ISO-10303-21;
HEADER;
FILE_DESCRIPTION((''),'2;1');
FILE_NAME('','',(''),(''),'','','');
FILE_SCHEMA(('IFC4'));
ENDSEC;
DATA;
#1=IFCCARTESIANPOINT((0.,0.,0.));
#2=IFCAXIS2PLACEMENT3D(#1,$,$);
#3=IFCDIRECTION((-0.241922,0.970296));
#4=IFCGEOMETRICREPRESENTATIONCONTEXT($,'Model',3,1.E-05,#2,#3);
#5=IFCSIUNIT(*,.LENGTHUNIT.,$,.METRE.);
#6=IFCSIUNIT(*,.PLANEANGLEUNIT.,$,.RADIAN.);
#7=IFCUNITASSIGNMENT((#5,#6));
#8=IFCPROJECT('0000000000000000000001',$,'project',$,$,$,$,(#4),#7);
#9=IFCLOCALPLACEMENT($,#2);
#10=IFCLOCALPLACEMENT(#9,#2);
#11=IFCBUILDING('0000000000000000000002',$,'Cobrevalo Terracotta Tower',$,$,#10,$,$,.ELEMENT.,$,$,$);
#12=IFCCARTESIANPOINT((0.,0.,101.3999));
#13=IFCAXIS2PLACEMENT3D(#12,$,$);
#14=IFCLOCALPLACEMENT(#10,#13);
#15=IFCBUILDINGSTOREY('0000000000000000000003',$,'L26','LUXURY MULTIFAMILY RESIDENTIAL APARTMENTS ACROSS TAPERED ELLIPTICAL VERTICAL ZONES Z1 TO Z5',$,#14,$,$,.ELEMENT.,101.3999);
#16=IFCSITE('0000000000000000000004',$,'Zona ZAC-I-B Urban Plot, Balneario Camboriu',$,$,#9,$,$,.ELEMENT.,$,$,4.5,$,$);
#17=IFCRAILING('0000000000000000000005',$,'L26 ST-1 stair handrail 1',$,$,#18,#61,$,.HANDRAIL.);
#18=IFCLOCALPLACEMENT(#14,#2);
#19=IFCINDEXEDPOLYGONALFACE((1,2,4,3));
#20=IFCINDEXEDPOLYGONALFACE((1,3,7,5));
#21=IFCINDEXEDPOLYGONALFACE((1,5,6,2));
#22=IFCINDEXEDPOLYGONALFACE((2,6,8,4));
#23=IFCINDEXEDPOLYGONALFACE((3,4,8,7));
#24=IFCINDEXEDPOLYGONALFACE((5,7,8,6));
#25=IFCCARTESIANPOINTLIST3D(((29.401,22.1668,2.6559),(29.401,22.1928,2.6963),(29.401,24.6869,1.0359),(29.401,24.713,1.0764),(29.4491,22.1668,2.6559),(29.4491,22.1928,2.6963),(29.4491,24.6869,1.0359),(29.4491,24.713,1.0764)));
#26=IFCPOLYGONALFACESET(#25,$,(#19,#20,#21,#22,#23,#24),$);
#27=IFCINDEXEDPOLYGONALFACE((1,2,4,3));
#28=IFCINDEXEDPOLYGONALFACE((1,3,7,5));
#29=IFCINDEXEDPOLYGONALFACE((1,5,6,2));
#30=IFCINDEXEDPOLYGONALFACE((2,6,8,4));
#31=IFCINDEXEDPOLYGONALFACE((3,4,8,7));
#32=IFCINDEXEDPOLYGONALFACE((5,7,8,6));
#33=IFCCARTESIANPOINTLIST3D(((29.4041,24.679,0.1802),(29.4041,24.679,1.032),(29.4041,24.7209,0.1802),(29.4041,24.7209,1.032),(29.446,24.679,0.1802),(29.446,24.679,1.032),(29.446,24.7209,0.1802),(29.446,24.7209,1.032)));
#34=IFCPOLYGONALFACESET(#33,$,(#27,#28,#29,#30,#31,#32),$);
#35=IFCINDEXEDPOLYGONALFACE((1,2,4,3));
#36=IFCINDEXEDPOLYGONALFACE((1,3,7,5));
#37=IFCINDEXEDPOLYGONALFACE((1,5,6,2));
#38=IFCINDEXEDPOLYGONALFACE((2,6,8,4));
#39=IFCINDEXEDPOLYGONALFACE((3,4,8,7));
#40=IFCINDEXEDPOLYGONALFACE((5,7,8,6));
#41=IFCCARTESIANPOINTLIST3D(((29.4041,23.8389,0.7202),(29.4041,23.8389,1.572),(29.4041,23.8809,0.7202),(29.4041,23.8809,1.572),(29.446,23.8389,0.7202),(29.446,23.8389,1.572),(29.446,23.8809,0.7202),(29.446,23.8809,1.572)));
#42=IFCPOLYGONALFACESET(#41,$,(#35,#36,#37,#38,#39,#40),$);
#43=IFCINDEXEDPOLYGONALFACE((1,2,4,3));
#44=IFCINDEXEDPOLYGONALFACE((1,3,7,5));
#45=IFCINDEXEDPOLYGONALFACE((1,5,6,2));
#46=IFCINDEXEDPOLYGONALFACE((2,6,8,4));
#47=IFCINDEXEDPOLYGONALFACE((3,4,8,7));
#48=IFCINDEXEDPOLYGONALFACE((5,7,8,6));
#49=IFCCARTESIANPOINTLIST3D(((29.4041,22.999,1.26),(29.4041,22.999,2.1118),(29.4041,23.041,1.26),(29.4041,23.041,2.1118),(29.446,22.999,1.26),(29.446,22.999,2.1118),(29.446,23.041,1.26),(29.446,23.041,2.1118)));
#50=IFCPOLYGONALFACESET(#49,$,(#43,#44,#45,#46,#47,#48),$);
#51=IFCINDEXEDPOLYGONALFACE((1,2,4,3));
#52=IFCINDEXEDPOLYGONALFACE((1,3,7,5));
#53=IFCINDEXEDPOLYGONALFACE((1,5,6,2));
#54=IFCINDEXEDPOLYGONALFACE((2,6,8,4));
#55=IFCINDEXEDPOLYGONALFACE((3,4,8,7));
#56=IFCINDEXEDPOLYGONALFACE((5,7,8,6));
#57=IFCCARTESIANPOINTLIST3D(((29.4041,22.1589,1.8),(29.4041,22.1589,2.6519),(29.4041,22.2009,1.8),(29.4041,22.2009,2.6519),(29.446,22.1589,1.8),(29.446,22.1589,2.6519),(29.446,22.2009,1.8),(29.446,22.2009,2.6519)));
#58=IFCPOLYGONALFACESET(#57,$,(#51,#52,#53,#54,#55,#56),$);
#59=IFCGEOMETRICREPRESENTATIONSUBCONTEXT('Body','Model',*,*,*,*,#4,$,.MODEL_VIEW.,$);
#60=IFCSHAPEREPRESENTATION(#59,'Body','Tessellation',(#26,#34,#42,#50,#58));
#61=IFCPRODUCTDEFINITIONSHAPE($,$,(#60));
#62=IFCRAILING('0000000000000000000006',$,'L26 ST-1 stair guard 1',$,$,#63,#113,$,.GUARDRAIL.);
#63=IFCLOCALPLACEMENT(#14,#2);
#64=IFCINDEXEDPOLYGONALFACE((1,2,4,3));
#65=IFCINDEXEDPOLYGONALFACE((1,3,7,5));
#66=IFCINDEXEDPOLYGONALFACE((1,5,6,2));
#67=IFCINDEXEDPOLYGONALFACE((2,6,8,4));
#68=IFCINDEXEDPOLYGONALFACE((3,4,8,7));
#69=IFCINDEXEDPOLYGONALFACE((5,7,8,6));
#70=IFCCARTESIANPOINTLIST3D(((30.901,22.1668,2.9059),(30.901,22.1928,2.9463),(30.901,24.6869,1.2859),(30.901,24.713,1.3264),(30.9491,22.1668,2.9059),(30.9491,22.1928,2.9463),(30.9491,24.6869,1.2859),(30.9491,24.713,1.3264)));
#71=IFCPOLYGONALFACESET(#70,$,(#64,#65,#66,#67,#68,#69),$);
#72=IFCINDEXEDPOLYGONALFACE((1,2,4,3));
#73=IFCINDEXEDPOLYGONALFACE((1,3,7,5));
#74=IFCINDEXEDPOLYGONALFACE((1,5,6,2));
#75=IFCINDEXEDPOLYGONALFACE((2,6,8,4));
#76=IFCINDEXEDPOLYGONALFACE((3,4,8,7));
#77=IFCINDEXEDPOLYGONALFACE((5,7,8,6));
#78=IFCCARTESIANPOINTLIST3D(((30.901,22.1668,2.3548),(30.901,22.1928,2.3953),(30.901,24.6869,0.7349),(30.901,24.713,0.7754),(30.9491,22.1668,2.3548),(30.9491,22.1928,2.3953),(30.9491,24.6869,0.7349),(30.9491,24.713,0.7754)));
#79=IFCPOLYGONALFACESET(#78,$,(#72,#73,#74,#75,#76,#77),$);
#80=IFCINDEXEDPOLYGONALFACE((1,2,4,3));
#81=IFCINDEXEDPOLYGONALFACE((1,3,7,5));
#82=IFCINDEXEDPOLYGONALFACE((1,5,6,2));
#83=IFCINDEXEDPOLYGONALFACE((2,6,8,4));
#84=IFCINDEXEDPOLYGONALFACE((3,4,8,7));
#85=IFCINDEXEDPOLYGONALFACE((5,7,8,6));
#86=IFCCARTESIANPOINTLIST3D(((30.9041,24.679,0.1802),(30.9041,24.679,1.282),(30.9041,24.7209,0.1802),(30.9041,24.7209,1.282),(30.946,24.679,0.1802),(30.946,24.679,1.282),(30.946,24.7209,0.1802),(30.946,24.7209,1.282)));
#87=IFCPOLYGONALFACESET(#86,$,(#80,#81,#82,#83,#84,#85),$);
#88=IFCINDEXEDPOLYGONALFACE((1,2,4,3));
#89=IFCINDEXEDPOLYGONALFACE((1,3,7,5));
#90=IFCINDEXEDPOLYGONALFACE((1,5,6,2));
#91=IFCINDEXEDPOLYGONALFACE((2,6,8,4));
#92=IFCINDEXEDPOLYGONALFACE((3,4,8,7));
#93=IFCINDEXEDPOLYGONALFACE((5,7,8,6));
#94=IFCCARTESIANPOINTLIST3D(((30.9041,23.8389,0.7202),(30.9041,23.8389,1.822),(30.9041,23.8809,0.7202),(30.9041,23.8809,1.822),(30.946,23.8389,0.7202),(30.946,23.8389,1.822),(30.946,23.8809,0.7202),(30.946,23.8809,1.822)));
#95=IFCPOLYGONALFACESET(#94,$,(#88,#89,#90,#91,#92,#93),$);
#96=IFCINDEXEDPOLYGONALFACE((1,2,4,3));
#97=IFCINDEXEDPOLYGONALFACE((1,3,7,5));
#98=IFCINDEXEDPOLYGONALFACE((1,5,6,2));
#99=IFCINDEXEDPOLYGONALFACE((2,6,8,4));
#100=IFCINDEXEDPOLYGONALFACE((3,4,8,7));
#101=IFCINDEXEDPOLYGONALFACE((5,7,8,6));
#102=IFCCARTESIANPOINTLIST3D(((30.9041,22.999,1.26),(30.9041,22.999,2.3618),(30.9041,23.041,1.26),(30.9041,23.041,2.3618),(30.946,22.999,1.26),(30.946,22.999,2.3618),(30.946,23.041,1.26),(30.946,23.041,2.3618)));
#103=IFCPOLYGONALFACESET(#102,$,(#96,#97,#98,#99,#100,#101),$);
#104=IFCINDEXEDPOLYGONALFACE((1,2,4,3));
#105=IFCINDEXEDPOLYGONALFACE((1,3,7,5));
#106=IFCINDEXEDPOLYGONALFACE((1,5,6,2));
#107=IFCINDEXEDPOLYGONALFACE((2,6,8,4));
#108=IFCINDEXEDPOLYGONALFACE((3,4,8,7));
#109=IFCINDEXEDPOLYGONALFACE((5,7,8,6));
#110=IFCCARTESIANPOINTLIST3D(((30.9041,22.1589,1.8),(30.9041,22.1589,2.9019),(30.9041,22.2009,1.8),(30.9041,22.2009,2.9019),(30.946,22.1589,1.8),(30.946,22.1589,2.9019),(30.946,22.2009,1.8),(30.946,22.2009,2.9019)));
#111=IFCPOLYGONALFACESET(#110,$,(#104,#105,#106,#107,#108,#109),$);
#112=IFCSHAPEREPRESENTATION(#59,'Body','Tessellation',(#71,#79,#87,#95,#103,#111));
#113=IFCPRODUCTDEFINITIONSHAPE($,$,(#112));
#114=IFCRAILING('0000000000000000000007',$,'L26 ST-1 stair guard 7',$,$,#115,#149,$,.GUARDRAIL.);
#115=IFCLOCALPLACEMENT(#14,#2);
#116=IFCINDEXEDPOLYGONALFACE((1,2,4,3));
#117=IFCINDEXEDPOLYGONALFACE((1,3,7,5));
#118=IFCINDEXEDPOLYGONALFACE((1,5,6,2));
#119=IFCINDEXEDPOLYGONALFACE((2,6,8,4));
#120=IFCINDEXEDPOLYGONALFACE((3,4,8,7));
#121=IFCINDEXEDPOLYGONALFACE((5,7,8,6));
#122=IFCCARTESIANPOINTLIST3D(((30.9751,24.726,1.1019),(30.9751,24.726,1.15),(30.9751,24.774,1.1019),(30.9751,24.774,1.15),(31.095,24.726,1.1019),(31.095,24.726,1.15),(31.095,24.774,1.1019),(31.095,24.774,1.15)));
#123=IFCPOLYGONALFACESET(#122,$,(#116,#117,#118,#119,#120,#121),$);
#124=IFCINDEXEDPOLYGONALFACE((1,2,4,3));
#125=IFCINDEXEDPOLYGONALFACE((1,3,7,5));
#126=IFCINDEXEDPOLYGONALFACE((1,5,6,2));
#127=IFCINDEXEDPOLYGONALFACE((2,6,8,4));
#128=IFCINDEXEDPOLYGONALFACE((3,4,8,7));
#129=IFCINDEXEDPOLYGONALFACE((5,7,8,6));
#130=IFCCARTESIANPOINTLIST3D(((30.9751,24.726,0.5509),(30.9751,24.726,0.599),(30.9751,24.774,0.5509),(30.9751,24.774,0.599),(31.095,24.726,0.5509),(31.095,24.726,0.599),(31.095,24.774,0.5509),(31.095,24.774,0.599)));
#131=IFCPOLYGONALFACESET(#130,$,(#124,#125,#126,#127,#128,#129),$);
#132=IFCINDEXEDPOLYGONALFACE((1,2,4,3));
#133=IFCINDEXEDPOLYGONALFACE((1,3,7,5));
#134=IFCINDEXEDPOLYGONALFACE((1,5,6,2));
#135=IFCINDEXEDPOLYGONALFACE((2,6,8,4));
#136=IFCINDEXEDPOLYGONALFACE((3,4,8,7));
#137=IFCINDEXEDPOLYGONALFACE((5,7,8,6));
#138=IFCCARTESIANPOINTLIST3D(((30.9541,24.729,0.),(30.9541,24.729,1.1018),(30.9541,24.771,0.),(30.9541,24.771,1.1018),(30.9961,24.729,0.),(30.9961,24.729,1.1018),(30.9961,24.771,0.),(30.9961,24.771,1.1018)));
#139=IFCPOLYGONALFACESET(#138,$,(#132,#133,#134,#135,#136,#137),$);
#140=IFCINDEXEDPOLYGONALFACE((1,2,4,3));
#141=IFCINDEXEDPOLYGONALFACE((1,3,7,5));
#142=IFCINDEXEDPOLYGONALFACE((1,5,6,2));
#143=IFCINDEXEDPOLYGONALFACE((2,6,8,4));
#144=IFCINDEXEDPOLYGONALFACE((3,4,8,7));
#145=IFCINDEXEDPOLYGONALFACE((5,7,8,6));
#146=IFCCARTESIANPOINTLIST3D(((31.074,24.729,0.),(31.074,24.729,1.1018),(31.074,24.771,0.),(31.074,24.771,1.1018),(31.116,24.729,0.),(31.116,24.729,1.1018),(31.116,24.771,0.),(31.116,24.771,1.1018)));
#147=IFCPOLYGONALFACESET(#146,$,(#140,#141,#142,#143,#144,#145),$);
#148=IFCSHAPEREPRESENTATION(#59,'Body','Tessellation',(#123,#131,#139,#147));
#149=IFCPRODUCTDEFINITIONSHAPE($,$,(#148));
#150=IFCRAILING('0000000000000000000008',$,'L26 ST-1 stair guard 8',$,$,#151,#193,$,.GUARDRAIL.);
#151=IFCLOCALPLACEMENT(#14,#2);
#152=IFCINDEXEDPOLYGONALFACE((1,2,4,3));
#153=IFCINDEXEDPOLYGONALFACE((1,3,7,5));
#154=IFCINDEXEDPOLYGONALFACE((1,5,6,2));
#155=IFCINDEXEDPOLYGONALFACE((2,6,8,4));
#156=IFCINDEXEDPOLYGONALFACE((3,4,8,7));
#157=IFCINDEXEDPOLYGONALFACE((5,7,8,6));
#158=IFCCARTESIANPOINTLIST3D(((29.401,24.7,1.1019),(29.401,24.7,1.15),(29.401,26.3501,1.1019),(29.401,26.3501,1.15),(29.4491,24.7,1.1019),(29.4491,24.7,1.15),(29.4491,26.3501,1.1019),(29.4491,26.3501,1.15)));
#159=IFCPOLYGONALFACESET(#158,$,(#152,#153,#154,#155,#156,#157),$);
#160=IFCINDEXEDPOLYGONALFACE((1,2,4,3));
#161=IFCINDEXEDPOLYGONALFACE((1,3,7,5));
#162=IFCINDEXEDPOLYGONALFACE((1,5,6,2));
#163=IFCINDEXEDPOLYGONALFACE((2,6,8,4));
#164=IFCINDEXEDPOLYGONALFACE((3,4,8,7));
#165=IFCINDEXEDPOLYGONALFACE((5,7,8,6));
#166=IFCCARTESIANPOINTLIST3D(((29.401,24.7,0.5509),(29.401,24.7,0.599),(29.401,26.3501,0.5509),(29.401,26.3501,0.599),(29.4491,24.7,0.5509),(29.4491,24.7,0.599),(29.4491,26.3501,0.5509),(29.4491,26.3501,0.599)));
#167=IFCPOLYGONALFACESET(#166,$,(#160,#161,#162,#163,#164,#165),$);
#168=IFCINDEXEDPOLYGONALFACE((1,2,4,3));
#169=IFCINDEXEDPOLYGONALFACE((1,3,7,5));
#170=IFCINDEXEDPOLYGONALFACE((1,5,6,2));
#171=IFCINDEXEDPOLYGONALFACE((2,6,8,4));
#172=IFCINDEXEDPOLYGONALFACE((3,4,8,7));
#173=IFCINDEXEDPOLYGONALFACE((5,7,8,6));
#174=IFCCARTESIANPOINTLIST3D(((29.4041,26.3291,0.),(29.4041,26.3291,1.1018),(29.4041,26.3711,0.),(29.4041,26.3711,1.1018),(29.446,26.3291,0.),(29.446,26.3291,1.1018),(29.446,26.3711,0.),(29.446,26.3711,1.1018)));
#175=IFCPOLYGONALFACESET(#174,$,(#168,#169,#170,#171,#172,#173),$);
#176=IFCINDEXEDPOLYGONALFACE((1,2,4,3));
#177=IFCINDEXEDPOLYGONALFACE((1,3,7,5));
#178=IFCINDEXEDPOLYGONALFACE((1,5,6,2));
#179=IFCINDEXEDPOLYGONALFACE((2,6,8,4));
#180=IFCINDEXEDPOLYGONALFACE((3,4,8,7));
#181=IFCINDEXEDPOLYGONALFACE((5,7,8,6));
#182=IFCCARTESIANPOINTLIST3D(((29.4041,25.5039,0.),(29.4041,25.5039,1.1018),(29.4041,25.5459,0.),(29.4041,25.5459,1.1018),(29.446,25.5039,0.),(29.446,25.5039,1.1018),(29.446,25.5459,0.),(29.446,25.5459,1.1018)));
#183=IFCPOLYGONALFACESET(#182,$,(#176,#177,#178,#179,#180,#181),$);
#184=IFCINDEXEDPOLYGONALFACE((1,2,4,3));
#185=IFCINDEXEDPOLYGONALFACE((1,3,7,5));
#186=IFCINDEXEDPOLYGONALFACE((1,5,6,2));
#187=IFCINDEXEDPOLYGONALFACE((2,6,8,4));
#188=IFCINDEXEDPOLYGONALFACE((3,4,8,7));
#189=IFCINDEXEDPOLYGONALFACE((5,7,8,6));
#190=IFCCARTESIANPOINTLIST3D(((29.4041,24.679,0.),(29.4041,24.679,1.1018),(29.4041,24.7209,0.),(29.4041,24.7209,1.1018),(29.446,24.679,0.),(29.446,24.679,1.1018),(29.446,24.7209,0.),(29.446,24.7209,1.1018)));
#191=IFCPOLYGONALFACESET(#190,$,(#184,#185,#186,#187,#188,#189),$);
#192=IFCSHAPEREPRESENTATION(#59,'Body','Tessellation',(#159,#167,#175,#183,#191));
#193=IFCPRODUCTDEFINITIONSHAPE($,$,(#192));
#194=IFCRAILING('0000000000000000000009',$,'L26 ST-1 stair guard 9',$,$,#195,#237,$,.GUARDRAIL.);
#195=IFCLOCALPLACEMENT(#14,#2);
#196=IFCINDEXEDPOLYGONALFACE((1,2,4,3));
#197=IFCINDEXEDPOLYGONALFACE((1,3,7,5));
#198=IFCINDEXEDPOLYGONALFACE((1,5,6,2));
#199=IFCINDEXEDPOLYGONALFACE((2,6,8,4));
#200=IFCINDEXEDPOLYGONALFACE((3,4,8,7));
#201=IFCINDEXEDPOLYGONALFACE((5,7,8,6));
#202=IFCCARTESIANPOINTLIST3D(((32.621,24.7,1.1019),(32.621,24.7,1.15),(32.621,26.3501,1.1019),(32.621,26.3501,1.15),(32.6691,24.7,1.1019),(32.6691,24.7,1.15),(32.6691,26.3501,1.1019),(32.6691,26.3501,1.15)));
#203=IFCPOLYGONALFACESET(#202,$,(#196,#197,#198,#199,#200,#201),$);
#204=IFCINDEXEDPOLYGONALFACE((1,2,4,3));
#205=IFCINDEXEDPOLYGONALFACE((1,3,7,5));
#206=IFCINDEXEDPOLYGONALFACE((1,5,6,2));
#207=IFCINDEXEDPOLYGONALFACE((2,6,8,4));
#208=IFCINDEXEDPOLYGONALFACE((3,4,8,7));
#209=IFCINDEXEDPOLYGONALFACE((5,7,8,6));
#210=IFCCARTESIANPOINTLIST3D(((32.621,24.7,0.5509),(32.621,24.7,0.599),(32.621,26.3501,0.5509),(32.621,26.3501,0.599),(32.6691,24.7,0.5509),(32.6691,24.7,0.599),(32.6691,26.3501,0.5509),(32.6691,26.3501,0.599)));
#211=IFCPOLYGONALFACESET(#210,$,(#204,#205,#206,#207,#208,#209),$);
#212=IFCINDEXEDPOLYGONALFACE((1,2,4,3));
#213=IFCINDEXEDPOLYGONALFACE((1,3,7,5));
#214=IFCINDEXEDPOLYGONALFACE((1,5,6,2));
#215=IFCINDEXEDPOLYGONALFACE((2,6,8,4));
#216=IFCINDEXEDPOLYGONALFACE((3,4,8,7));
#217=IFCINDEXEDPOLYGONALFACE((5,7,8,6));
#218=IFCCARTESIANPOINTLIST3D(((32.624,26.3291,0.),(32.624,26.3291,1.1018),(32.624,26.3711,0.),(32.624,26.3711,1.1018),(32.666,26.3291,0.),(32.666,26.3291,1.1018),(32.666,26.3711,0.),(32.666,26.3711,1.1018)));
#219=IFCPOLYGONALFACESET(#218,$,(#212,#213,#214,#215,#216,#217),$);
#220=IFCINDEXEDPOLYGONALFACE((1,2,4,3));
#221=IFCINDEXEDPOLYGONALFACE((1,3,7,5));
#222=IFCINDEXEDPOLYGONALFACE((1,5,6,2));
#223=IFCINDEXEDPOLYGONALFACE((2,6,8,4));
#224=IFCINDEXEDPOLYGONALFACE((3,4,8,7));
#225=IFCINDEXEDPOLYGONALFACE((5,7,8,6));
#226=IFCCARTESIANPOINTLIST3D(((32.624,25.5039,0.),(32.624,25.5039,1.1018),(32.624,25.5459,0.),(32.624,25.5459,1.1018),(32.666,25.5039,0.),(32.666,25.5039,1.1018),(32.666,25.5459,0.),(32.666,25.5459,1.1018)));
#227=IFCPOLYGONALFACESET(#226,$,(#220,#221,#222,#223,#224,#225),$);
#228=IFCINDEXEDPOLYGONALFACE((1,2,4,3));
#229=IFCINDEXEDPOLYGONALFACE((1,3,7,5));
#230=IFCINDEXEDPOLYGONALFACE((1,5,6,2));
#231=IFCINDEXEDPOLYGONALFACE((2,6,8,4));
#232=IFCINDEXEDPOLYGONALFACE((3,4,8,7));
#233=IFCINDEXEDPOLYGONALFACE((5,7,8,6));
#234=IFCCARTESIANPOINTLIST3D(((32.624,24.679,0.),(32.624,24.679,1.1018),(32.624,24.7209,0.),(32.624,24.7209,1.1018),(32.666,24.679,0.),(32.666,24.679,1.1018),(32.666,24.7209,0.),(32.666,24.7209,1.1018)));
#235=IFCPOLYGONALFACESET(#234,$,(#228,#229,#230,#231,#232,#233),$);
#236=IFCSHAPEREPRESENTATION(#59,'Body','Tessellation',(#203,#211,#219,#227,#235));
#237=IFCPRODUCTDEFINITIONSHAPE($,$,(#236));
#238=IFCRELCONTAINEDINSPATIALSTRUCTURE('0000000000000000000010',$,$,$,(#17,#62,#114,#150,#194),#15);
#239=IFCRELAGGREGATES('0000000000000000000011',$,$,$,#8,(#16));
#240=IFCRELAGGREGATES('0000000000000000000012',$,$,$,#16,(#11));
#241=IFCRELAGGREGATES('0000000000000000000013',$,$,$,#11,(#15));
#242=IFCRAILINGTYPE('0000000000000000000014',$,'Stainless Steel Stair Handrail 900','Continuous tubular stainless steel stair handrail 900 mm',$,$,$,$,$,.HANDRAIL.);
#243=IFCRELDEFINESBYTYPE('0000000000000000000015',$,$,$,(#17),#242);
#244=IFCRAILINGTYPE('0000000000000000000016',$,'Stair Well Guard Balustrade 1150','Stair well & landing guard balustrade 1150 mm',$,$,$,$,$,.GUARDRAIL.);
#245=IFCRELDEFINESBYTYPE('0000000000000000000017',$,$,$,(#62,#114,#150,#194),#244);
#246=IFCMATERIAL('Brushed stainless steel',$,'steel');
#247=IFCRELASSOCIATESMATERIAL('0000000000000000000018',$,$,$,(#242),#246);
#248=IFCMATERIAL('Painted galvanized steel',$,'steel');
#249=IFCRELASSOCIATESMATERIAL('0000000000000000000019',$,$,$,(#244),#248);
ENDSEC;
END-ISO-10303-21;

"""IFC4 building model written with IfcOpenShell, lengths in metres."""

from ifc_helpers import new_model, si_unit, direction, frame, origin, origin_2d, place, context, subcontext, project, spatial, rectangle, extrude, material, type_object, element, save


model = new_model("IFC4")

# Units and contexts
model_context = context("Model", 3, precision=1e-05, world=origin(), true_north=direction((-0.241922, 0.970296)))
body_context = subcontext(model_context, "Body", "Model", "MODEL_VIEW")
ifc_project = project(units=[si_unit("LENGTHUNIT", "METRE"), si_unit("PLANEANGLEUNIT", "RADIAN")], contexts=[model_context])

# Site, building, storey
site_placement = place(None, origin())
site = spatial("IfcSite", under=ifc_project, at=site_placement, Name="Zona ZAC-I-B Urban Plot, Balneario Camboriu", CompositionType="ELEMENT", RefElevation=4.5)
building_placement = place(site_placement, origin())
building = spatial("IfcBuilding", under=site, at=building_placement, Name="Cobrevalo Terracotta Tower", CompositionType="ELEMENT")
storey_placement = place(building_placement, frame((0.0, 0.0, 101.3999)))
storey = spatial("IfcBuildingStorey", under=building, at=storey_placement, Name="L26", Description="LUXURY MULTIFAMILY RESIDENTIAL APARTMENTS ACROSS TAPERED ELLIPTICAL VERTICAL ZONES Z1 TO Z5", CompositionType="ELEMENT", Elevation=101.3999)

# Shared definitions
ifc_material_1 = material(Name="Brushed stainless steel", Category="steel")

# Railings
railing_type_1 = type_object("IfcRailingType", Name="Stainless Steel Stair Handrail 900", Description="Continuous tubular stainless steel stair handrail 900 mm", PredefinedType="HANDRAIL", material=ifc_material_1)
railing_1_placement = place(storey_placement, frame((29.425, 24.7, 0.1802)))
element("IfcRailing", 1, at=railing_1_placement, inside=storey, type_object=railing_type_1, Name="L26 ST-1 stair handrail 1", PredefinedType="HANDRAIL", context=body_context, shape_type="SweptSolid", body=[
    extrude(rectangle(XDim=0.0481, YDim=0.0481, at=origin_2d()), frame((0.0, 0.0, 0.876), z_axis=(0.0, -0.8412, 0.540725), x_axis=(1.0, 0.0, 0.0)), (0.0, 0.0, 1.0), 2.9958),
    extrude(rectangle(XDim=0.042, YDim=0.042, at=origin_2d()), origin(), (0.0, 0.0, 1.0), 0.8518),
    extrude(rectangle(XDim=0.042, YDim=0.042, at=origin_2d()), frame((0.0, -0.8401, 0.54)), (0.0, 0.0, 1.0), 0.8518),
    extrude(rectangle(XDim=0.042, YDim=0.042, at=origin_2d()), frame((0.0, -1.6799, 1.0798)), (0.0, 0.0, 1.0), 0.8518),
    extrude(rectangle(XDim=0.042, YDim=0.042, at=origin_2d()), frame((0.0, -2.52, 1.6199)), (0.0, 0.0, 1.0), 0.8518),
])
ifc_material_2 = material(Name="Painted galvanized steel", Category="steel")
railing_type_2 = type_object("IfcRailingType", Name="Stair Well Guard Balustrade 1150", Description="Stair well & landing guard balustrade 1150 mm", PredefinedType="GUARDRAIL", material=ifc_material_2)
railing_2_placement = place(storey_placement, frame((30.925, 24.7, 0.1802)))
element("IfcRailing", 2, at=railing_2_placement, inside=storey, type_object=railing_type_2, Name="L26 ST-1 stair guard 1", PredefinedType="GUARDRAIL", context=body_context, shape_type="SweptSolid", body=[
    extrude(rectangle(XDim=0.0481, YDim=0.0481, at=origin_2d()), frame((0.0, 0.0, 1.126), z_axis=(0.0, -0.8412, 0.540725), x_axis=(1.0, 0.0, 0.0)), (0.0, 0.0, 1.0), 2.9958),
    extrude(rectangle(XDim=0.0481, YDim=0.0481, at=origin_2d()), frame((0.0, 0.0, 0.575), z_axis=(0.0, -0.8412, 0.540725), x_axis=(1.0, 0.0, 0.0)), (0.0, 0.0, 1.0), 2.9958),
    extrude(rectangle(XDim=0.042, YDim=0.042, at=origin_2d()), origin(), (0.0, 0.0, 1.0), 1.1018),
    extrude(rectangle(XDim=0.042, YDim=0.042, at=origin_2d()), frame((0.0, -0.8401, 0.54)), (0.0, 0.0, 1.0), 1.1018),
    extrude(rectangle(XDim=0.042, YDim=0.042, at=origin_2d()), frame((0.0, -1.6799, 1.0798)), (0.0, 0.0, 1.0), 1.1018),
    extrude(rectangle(XDim=0.042, YDim=0.042, at=origin_2d()), frame((0.0, -2.52, 1.6199)), (0.0, 0.0, 1.0), 1.1018),
])
railing_3_placement = place(storey_placement, frame((30.9751, 24.75, 0.0)))
element("IfcRailing", 3, at=railing_3_placement, inside=storey, type_object=railing_type_2, Name="L26 ST-1 stair guard 7", PredefinedType="GUARDRAIL", context=body_context, shape_type="SweptSolid", body=[
    extrude(rectangle(XDim=0.0481, YDim=0.0481, at=origin_2d()), frame((0.0, 0.0, 1.126), z_axis=(1.0, 0.0, 0.0), x_axis=(0.0, 1.0, 0.0)), (0.0, 0.0, 1.0), 0.1199),
    extrude(rectangle(XDim=0.0481, YDim=0.0481, at=origin_2d()), frame((0.0, 0.0, 0.575), z_axis=(1.0, 0.0, 0.0), x_axis=(0.0, 1.0, 0.0)), (0.0, 0.0, 1.0), 0.1199),
    extrude(rectangle(XDim=0.042, YDim=0.042, at=origin_2d()), origin(), (0.0, 0.0, 1.0), 1.1018),
    extrude(rectangle(XDim=0.042, YDim=0.042, at=origin_2d()), frame((0.1199, 0.0, 0.0)), (0.0, 0.0, 1.0), 1.1018),
])
for number, where, name in (
    (4, (29.425, 26.3501, 0.0), "L26 ST-1 stair guard 8"),
    (5, (32.645, 26.3501, 0.0), "L26 ST-1 stair guard 9"),
):
    element("IfcRailing", number, at=place(storey_placement, frame(where)), inside=storey, type_object=railing_type_2, Name=name, PredefinedType="GUARDRAIL", context=body_context, shape_type="SweptSolid", body=[
        extrude(rectangle(XDim=0.0481, YDim=0.0481, at=origin_2d()), frame((0.0, 0.0, 1.126), z_axis=(0.0, -1.0, 0.0), x_axis=(1.0, 0.0, 0.0)), (0.0, 0.0, 1.0), 1.6501),
        extrude(rectangle(XDim=0.0481, YDim=0.0481, at=origin_2d()), frame((0.0, 0.0, 0.575), z_axis=(0.0, -1.0, 0.0), x_axis=(1.0, 0.0, 0.0)), (0.0, 0.0, 1.0), 1.6501),
        extrude(rectangle(XDim=0.042, YDim=0.042, at=origin_2d()), origin(), (0.0, 0.0, 1.0), 1.1018),
        extrude(rectangle(XDim=0.042, YDim=0.042, at=origin_2d()), frame((0.0, -0.8252, 0.0)), (0.0, 0.0, 1.0), 1.1018),
        extrude(rectangle(XDim=0.042, YDim=0.042, at=origin_2d()), frame((0.0, -1.6501, 0.0)), (0.0, 0.0, 1.0), 1.1018),
    ])

save(model, "model.ifc")
